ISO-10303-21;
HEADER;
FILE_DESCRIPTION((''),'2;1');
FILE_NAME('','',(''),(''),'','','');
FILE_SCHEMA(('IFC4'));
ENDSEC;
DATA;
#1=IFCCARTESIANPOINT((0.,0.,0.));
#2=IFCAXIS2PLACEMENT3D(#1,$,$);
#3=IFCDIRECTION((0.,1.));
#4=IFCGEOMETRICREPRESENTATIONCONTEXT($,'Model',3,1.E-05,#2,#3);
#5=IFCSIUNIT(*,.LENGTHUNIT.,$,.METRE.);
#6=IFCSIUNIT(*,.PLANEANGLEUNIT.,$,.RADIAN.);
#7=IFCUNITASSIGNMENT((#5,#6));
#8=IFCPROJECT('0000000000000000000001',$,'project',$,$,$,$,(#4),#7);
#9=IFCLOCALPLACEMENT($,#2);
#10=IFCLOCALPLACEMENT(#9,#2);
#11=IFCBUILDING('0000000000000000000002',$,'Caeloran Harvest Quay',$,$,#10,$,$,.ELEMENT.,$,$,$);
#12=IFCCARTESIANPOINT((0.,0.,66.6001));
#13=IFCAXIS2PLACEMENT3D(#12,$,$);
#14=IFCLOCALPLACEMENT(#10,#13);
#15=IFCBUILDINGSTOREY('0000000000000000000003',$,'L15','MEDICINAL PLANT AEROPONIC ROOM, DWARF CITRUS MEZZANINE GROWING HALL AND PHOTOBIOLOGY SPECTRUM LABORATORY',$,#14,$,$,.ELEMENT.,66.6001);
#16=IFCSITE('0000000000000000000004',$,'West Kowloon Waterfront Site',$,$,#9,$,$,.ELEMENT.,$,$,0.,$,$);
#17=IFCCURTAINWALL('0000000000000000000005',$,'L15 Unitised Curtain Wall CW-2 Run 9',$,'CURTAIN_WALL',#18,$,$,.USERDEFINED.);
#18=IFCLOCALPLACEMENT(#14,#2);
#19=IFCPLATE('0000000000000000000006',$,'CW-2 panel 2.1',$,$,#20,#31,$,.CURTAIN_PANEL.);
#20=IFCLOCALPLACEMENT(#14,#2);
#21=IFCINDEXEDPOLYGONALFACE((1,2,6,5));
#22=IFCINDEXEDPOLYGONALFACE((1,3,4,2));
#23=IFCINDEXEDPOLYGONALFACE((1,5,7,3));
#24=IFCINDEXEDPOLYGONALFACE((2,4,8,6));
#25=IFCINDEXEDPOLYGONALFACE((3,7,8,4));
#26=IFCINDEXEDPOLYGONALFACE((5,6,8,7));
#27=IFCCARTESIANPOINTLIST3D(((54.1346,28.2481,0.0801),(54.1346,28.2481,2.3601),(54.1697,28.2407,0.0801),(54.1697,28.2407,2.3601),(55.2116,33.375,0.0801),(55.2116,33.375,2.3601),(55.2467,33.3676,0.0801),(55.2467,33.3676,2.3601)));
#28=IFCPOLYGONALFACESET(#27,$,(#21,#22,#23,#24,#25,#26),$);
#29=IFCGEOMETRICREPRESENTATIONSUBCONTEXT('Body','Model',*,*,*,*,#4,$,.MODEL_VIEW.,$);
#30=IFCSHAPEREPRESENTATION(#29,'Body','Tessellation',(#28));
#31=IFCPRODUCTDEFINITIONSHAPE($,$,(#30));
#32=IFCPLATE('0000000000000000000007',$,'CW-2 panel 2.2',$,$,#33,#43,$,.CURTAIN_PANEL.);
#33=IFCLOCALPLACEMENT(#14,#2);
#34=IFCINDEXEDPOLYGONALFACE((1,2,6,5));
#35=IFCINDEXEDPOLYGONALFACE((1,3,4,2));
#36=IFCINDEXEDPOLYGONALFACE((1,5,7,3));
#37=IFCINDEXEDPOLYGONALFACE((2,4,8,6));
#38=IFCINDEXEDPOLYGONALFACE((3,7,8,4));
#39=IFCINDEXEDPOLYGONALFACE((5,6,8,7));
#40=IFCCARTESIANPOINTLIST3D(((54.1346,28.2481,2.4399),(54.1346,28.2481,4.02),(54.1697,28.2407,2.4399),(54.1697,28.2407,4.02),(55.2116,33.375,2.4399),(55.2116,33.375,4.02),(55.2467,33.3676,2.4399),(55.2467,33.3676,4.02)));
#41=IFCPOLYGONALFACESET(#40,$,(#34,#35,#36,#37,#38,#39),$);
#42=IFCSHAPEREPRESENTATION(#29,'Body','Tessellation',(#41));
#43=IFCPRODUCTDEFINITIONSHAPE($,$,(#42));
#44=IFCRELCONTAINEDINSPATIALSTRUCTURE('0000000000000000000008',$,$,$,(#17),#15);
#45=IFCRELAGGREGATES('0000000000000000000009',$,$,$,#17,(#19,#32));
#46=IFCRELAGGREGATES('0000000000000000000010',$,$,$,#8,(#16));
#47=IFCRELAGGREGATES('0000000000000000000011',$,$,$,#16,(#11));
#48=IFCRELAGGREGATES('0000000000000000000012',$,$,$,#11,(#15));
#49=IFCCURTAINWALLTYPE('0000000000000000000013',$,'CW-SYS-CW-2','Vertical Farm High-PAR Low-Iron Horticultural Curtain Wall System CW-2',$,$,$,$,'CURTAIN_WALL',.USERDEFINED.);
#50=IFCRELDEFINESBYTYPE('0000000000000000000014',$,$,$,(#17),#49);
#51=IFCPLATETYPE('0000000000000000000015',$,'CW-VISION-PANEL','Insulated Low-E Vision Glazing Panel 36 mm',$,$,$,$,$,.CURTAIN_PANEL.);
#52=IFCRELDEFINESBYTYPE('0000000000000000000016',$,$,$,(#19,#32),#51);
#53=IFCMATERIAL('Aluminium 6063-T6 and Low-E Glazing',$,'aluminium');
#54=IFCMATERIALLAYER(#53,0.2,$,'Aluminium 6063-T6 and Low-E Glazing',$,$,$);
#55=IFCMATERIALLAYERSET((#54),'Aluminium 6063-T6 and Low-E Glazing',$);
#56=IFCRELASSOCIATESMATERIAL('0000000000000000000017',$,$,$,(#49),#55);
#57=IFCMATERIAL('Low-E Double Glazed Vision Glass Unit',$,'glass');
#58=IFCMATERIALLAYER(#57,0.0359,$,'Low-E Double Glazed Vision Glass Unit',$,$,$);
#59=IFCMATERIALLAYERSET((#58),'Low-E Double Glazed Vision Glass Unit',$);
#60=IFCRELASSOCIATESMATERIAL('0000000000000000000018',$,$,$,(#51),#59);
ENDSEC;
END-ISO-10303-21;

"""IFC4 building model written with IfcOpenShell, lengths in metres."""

from ifc_helpers import new_model, si_unit, direction, frame, origin, origin_2d, place, context, subcontext, project, spatial, rectangle, extrude, material, layer, layer_set, type_object, element, aggregate, save


model = new_model("IFC4")

# Units and contexts
model_context = context("Model", 3, precision=1e-05, world=origin(), true_north=direction((0.0, 1.0)))
body_context = subcontext(model_context, "Body", "Model", "MODEL_VIEW")
ifc_project = project(units=[si_unit("LENGTHUNIT", "METRE"), si_unit("PLANEANGLEUNIT", "RADIAN")], contexts=[model_context])

# Site, building, storey
site_placement = place(None, origin())
site = spatial("IfcSite", under=ifc_project, at=site_placement, Name="West Kowloon Waterfront Site", CompositionType="ELEMENT", RefElevation=0.0)
building_placement = place(site_placement, origin())
building = spatial("IfcBuilding", under=site, at=building_placement, Name="Caeloran Harvest Quay", CompositionType="ELEMENT")
storey_placement = place(building_placement, frame((0.0, 0.0, 66.6001)))
storey = spatial("IfcBuildingStorey", under=building, at=storey_placement, Name="L15", Description="MEDICINAL PLANT AEROPONIC ROOM, DWARF CITRUS MEZZANINE GROWING HALL AND PHOTOBIOLOGY SPECTRUM LABORATORY", CompositionType="ELEMENT", Elevation=66.6001)

# Curtain wall, plates
ifc_material_1 = material(Name="Aluminium 6063-T6 and Low-E Glazing", Category="aluminium")
ifc_layer_1 = layer(ifc_material_1, 0.2, Name="Aluminium 6063-T6 and Low-E Glazing")
ifc_layer_set_1 = layer_set([ifc_layer_1], Name="Aluminium 6063-T6 and Low-E Glazing")
curtain_wall_type = type_object("IfcCurtainWallType", Name="CW-SYS-CW-2", Description="Vertical Farm High-PAR Low-Iron Horticultural Curtain Wall System CW-2", ElementType="CURTAIN_WALL", PredefinedType="USERDEFINED", material=ifc_layer_set_1)
curtain_wall_placement = place(storey_placement, origin())
curtain_wall = element("IfcCurtainWall", 1, at=curtain_wall_placement, inside=storey, type_object=curtain_wall_type, Name="L15 Unitised Curtain Wall CW-2 Run 9", ObjectType="CURTAIN_WALL", PredefinedType="USERDEFINED")
ifc_material_2 = material(Name="Low-E Double Glazed Vision Glass Unit", Category="glass")
ifc_layer_2 = layer(ifc_material_2, 0.0359, Name="Low-E Double Glazed Vision Glass Unit")
ifc_layer_set_2 = layer_set([ifc_layer_2], Name="Low-E Double Glazed Vision Glass Unit")
plate_type = type_object("IfcPlateType", Name="CW-VISION-PANEL", Description="Insulated Low-E Vision Glazing Panel 36 mm", PredefinedType="CURTAIN_PANEL", material=ifc_layer_set_2)
plate_1_placement = place(storey_placement, frame((54.6907, 30.8079, 0.0801), z_axis=(0.0, 0.0, 1.0), x_axis=(-0.205583, -0.97864, 0.0)))
plate_1 = element("IfcPlate", 2, at=plate_1_placement, type_object=plate_type, Name="CW-2 panel 2.1", PredefinedType="CURTAIN_PANEL", context=body_context, shape_type="SweptSolid", body=[
    extrude(rectangle(XDim=5.2388, YDim=0.0359, at=origin_2d()), origin(), (0.0, 0.0, 1.0), 2.28),
])
plate_2_placement = place(storey_placement, frame((54.6907, 30.8079, 2.4399), z_axis=(0.0, 0.0, 1.0), x_axis=(-0.205583, -0.97864, 0.0)))
plate_2 = element("IfcPlate", 3, at=plate_2_placement, type_object=plate_type, Name="CW-2 panel 2.2", PredefinedType="CURTAIN_PANEL", context=body_context, shape_type="SweptSolid", body=[
    extrude(rectangle(XDim=5.2388, YDim=0.0359, at=origin_2d()), origin(), (0.0, 0.0, 1.0), 1.5801),
])
aggregate(curtain_wall, [plate_1, plate_2])

save(model, "model.ifc")
